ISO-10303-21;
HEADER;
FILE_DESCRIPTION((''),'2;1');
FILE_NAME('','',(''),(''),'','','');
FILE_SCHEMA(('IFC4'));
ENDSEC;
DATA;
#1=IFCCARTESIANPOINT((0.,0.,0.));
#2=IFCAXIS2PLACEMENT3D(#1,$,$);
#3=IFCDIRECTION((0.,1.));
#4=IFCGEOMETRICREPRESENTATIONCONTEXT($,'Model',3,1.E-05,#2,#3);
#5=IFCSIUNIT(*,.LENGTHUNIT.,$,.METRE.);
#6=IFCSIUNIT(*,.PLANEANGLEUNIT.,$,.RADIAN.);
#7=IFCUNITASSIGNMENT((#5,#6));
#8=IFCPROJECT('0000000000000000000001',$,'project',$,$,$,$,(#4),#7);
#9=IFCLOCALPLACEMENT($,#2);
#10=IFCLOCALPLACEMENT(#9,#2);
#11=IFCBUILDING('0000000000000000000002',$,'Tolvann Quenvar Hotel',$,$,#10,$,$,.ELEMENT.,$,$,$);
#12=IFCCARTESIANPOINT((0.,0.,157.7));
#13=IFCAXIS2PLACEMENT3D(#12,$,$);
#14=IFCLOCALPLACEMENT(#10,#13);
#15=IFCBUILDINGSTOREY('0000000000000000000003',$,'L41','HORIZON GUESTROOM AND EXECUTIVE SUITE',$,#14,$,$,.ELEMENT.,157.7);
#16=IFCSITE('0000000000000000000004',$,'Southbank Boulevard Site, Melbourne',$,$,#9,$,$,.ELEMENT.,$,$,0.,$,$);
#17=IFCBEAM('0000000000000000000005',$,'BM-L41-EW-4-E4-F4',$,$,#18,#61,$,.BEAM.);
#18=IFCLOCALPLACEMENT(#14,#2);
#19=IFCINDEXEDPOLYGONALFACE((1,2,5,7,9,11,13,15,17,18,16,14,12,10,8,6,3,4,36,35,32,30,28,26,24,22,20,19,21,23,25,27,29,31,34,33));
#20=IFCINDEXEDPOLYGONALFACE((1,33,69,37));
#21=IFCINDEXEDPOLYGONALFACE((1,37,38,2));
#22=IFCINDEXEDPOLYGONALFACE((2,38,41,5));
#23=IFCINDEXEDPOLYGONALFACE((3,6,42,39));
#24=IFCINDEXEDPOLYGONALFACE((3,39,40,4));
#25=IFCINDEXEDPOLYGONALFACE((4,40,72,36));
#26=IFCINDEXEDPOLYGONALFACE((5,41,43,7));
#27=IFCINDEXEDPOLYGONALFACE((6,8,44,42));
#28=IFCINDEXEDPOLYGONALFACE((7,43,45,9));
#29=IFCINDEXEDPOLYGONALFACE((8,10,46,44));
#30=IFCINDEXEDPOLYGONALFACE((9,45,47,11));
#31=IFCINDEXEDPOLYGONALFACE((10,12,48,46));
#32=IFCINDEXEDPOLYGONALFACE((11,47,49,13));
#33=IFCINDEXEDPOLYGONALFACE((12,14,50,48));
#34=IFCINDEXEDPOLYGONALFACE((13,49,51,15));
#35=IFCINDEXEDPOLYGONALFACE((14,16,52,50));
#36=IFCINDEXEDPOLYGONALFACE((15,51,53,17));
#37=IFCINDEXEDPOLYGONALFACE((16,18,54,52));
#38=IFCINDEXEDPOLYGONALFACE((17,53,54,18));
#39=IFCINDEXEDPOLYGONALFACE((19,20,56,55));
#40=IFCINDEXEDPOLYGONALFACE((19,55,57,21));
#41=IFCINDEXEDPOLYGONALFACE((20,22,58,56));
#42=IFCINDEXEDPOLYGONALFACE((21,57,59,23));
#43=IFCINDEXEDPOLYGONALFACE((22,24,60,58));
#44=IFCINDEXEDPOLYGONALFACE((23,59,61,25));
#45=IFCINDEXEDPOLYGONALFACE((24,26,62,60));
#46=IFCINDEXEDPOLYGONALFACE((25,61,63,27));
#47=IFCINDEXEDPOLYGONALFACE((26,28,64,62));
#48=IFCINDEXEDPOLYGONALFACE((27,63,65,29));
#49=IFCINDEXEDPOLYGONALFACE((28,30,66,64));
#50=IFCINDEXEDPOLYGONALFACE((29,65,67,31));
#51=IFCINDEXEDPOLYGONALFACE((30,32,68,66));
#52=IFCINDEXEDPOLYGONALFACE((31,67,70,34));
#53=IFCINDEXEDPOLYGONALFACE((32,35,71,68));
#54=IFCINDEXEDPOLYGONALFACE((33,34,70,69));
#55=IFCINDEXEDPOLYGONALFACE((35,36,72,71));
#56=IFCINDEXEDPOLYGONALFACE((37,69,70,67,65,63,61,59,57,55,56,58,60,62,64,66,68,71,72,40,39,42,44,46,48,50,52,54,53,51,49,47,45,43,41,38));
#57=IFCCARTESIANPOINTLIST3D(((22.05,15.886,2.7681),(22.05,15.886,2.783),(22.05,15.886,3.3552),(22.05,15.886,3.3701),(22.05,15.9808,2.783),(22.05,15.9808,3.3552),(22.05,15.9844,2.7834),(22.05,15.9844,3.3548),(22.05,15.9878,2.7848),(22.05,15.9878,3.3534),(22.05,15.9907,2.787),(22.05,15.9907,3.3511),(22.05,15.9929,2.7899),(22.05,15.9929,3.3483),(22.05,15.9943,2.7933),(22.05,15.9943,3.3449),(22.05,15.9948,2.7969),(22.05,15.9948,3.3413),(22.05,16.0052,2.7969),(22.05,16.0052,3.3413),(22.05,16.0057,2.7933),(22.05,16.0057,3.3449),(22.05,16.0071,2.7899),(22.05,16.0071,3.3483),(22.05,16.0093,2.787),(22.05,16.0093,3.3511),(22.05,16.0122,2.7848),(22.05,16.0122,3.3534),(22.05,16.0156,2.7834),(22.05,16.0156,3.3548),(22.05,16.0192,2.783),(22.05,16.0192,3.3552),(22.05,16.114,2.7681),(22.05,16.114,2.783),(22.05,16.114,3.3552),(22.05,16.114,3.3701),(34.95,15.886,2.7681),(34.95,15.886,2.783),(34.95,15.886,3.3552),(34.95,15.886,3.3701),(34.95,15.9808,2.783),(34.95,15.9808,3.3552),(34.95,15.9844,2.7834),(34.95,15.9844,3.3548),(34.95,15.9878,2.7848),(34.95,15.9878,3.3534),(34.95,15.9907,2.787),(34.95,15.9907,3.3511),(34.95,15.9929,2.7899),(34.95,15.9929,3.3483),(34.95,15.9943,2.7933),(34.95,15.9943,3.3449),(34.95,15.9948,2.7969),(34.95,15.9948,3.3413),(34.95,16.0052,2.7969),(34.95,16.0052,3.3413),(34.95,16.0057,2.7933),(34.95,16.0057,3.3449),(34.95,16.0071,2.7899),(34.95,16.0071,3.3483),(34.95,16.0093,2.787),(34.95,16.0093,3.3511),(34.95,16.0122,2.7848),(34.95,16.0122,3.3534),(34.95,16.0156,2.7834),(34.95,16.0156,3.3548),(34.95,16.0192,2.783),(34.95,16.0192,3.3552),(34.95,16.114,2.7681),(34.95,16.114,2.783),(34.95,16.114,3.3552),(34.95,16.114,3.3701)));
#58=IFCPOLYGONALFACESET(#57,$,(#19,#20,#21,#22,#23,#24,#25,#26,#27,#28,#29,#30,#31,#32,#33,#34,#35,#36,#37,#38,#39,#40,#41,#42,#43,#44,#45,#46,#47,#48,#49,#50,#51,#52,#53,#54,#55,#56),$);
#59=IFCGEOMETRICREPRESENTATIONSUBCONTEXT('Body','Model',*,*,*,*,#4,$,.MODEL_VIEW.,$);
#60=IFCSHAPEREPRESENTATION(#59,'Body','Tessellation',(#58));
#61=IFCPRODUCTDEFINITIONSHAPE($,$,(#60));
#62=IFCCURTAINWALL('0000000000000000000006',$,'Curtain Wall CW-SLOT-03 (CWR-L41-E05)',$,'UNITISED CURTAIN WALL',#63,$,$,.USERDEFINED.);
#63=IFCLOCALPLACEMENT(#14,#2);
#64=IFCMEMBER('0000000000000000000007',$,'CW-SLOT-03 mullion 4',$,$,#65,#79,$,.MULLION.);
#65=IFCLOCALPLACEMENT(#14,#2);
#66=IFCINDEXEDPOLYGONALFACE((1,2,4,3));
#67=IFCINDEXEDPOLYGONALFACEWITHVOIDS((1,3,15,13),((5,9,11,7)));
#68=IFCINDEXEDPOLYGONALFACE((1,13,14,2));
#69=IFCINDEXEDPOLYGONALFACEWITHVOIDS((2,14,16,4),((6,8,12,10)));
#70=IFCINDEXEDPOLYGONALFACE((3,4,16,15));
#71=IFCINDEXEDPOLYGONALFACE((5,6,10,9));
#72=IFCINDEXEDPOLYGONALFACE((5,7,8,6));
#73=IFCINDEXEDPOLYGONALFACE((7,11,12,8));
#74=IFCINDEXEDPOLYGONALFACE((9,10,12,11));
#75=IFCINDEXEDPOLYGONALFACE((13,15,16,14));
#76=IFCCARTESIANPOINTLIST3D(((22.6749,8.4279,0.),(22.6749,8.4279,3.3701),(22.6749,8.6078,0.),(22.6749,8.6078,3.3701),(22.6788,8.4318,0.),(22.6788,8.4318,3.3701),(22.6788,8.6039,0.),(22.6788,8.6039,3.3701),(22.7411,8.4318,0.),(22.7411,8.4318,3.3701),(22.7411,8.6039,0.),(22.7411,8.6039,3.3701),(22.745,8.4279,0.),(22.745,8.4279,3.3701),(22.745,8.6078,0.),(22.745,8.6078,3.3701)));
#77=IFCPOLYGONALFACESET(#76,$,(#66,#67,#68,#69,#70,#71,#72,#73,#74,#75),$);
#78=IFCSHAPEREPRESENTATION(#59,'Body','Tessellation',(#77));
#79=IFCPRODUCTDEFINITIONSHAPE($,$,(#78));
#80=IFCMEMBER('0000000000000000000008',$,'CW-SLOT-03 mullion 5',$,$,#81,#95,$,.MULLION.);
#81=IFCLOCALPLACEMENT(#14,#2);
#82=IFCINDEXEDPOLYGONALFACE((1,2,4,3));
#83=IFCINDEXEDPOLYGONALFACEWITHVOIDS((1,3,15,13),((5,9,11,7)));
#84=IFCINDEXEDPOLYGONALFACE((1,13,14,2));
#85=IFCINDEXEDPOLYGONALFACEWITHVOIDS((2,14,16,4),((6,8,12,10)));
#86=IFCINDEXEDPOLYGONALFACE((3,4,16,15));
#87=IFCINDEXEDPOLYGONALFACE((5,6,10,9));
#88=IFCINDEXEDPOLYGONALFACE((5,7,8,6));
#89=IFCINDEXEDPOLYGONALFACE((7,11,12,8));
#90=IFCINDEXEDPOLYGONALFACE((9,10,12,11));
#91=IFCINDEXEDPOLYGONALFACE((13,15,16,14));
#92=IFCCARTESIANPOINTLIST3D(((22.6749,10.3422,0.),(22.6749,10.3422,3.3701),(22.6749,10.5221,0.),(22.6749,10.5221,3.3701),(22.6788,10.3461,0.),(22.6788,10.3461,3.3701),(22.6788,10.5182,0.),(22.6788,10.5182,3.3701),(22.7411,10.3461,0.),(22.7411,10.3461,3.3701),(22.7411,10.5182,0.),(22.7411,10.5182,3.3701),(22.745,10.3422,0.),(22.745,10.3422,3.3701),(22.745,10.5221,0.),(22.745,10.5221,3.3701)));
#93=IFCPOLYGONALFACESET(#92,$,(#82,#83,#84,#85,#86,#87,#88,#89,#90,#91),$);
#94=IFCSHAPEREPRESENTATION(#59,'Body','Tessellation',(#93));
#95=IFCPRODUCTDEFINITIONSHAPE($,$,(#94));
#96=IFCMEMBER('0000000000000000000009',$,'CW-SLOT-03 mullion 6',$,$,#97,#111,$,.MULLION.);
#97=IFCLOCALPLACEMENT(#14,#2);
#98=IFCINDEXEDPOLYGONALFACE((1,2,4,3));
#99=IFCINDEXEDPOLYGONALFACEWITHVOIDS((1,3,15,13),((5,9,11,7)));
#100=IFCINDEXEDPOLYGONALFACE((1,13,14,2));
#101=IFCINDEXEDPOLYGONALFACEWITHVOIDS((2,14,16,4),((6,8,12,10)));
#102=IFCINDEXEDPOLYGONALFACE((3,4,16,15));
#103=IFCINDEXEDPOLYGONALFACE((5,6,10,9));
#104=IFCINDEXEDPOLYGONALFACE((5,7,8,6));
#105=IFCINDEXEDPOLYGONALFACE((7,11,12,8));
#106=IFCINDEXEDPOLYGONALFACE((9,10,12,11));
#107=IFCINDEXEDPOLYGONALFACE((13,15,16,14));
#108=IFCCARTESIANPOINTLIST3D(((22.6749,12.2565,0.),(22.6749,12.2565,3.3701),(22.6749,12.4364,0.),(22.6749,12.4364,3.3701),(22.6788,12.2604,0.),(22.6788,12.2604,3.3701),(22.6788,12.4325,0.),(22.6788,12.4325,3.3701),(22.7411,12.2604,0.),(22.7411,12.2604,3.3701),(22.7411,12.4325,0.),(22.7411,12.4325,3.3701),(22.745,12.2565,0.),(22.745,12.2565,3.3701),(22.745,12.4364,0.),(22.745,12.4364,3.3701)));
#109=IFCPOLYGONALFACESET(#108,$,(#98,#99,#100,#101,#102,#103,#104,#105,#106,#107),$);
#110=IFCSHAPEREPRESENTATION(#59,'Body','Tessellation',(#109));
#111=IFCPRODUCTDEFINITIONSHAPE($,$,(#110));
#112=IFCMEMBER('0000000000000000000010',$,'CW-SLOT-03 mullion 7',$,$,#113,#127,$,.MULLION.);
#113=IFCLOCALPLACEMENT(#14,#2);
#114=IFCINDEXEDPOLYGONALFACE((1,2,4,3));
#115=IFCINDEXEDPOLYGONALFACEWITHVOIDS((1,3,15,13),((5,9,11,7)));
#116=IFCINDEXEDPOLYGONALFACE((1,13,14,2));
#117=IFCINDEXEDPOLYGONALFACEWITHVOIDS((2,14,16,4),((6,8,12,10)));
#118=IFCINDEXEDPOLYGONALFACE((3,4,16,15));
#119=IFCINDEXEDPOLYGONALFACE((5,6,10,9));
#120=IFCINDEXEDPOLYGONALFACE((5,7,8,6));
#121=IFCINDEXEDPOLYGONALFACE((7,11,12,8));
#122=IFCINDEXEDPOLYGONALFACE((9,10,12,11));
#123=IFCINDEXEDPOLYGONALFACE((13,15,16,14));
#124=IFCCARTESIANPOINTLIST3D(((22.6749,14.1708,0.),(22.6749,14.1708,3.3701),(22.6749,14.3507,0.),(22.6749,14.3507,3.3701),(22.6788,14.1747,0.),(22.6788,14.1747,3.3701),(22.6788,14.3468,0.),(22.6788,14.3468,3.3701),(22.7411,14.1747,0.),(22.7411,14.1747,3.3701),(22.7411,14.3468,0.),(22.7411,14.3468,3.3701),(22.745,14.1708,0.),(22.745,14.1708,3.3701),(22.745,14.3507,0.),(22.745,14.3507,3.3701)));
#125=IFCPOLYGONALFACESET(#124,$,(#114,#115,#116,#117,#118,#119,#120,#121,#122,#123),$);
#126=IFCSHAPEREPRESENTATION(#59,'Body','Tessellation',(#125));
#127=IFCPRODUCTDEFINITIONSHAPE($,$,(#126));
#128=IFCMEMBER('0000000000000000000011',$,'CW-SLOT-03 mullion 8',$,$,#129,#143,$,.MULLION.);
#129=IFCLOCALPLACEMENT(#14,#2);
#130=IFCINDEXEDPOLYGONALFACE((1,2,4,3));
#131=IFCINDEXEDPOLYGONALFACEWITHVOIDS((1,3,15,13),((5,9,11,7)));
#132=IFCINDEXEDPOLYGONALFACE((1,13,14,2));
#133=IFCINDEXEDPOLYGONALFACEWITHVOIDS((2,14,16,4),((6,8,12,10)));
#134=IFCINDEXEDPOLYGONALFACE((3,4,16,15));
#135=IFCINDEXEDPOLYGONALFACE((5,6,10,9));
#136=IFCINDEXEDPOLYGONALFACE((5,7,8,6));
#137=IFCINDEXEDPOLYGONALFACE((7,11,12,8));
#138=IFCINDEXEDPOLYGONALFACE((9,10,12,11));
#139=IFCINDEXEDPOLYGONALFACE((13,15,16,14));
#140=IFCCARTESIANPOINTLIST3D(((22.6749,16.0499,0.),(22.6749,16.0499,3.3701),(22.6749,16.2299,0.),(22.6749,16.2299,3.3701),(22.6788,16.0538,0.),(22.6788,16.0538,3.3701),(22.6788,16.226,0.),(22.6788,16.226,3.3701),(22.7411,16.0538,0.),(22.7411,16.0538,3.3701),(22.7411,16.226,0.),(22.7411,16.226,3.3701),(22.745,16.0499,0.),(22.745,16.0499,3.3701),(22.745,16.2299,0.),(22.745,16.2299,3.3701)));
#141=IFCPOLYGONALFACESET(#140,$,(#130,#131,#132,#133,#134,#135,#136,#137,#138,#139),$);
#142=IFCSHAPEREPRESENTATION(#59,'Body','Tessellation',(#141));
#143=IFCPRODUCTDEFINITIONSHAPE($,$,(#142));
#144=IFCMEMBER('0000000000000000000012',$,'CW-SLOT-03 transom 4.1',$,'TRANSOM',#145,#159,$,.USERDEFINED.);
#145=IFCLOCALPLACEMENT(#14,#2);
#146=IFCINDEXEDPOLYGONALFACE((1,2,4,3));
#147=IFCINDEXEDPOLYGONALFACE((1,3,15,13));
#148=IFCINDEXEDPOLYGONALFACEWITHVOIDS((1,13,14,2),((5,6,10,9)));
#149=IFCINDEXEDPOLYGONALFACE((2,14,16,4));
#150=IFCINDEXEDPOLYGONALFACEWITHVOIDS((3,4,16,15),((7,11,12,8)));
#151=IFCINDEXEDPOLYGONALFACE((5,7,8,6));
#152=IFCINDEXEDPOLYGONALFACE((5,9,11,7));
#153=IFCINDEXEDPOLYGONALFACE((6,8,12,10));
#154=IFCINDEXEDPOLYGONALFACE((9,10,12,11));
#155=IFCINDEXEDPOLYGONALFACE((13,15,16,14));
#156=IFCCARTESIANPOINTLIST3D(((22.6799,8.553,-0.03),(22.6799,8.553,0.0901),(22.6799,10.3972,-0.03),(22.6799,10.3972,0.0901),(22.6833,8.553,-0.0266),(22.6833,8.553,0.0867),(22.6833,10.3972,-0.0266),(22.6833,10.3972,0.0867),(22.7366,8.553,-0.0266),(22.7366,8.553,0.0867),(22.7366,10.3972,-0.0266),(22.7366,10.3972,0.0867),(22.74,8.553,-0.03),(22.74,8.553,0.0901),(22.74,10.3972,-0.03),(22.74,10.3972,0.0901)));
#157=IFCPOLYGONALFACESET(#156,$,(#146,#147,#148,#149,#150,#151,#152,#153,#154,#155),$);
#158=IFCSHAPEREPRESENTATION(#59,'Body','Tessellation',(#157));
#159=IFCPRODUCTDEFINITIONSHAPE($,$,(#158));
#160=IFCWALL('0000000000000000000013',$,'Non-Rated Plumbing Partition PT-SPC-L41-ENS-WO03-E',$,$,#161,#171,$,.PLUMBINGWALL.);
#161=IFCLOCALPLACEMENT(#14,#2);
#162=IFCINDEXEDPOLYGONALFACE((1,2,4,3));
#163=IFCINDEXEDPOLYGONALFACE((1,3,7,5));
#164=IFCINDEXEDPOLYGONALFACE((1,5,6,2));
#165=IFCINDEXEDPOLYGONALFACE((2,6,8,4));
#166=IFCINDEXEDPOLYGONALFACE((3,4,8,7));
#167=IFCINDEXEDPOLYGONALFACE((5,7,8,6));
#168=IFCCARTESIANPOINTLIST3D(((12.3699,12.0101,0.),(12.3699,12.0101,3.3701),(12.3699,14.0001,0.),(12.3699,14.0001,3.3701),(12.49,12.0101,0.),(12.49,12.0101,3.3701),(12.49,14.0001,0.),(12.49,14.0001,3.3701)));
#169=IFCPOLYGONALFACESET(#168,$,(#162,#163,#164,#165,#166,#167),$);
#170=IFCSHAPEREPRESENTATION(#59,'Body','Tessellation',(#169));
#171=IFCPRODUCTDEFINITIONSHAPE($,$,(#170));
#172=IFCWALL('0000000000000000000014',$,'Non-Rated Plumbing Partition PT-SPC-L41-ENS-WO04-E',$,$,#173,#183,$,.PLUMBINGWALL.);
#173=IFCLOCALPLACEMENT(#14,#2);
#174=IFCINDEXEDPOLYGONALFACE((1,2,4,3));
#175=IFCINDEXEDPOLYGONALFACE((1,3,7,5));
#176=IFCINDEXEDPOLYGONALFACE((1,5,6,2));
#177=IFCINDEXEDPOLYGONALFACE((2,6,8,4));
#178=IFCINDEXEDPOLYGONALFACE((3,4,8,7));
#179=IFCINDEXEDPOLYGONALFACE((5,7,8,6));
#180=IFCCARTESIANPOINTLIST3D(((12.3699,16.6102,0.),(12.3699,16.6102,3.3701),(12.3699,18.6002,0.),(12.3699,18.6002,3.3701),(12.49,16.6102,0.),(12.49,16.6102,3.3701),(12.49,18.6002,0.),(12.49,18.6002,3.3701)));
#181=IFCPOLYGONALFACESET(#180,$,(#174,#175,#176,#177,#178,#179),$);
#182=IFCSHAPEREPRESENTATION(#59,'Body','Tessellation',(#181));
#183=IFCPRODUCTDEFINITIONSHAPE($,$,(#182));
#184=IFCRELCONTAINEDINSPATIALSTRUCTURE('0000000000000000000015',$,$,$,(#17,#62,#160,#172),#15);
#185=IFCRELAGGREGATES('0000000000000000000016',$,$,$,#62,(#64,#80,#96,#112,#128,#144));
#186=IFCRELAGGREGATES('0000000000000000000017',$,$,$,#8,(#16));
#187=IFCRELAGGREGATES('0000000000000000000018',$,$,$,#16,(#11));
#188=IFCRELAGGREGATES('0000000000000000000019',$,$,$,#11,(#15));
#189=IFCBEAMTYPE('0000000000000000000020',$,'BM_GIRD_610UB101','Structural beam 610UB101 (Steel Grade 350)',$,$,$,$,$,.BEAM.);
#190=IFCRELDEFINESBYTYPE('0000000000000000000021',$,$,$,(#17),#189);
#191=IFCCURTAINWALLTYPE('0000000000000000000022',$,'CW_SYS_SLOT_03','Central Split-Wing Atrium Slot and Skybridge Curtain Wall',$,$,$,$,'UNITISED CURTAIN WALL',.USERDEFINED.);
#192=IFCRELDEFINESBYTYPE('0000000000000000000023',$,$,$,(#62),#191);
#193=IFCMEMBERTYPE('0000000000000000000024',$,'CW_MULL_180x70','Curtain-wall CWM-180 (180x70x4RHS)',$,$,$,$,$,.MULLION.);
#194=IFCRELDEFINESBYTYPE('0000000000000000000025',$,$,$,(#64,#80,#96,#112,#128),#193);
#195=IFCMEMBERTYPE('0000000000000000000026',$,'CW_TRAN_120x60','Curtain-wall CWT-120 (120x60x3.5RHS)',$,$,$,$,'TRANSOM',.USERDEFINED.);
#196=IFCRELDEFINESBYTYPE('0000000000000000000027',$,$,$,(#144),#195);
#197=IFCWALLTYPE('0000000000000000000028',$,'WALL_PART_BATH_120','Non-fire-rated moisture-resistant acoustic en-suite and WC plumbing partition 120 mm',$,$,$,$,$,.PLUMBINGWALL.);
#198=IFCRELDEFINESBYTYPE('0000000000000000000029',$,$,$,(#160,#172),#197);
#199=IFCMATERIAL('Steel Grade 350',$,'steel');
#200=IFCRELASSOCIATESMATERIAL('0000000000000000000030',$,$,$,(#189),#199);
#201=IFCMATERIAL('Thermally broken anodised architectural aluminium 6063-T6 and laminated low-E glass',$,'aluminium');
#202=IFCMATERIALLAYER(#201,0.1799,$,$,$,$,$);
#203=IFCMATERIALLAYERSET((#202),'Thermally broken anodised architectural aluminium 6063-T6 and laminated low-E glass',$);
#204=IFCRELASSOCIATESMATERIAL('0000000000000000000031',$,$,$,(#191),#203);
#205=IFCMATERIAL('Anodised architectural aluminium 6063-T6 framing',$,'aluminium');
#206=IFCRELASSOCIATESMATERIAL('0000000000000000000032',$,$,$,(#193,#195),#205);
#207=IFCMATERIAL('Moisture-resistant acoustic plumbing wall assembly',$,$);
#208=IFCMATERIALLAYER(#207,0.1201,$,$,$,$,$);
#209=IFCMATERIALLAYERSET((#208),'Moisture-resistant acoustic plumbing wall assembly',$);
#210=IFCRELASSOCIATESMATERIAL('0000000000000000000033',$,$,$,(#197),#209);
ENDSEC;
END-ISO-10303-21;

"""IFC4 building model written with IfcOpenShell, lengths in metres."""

from ifc_helpers import new_model, si_unit, direction, frame, frame_2d, origin, origin_2d, place, context, subcontext, project, spatial, rectangle, hollow_rectangle, i_section, extrude, source, transform, mapped, material, layer, layer_set, material_profile, profile_set, type_object, type_shapes, element, aggregate, save


model = new_model("IFC4")

# Units and contexts
model_context = context("Model", 3, precision=1e-05, world=origin(), true_north=direction((0.0, 1.0)))
body_context = subcontext(model_context, "Body", "Model", "MODEL_VIEW")
ifc_project = project(units=[si_unit("LENGTHUNIT", "METRE"), si_unit("PLANEANGLEUNIT", "RADIAN")], contexts=[model_context])

# Site, building, storey
site_placement = place(None, origin())
site = spatial("IfcSite", under=ifc_project, at=site_placement, Name="Southbank Boulevard Site, Melbourne", CompositionType="ELEMENT", RefElevation=0.0)
building_placement = place(site_placement, origin())
building = spatial("IfcBuilding", under=site, at=building_placement, Name="Tolvann Quenvar Hotel", CompositionType="ELEMENT")
storey_placement = place(building_placement, frame((0.0, 0.0, 157.7)))
storey = spatial("IfcBuildingStorey", under=building, at=storey_placement, Name="L41", Description="HORIZON GUESTROOM AND EXECUTIVE SUITE", CompositionType="ELEMENT", Elevation=157.7)

# Shared definitions
ifc_material_1 = material(Name="Steel Grade 350", Category="steel")

# Beam
ifc_material_profile_1 = material_profile(ifc_material_1, i_section(OverallWidth=0.228, OverallDepth=0.6021, WebThickness=0.0105, FlangeThickness=0.0149, FilletRadius=0.0139, at=origin_2d()), Name="610UB101")
ifc_profile_set_1 = profile_set([ifc_material_profile_1], Name="Steel Grade 350")
beam_type_1 = type_object("IfcBeamType", Name="BM_GIRD_610UB101", Description="Structural beam 610UB101 (Steel Grade 350)", PredefinedType="BEAM", material=ifc_profile_set_1)
shared_shape_1 = source(origin(), body_context, "Body", "SweptSolid", [
    extrude(i_section(OverallWidth=0.228, OverallDepth=0.6021, WebThickness=0.0105, FlangeThickness=0.0149, FilletRadius=0.0139, at=origin_2d()), origin(), (0.0, 0.0, 1.0), 12.8999),
])
beam_placement = place(storey_placement, frame((22.05, 16.0, 3.0691), z_axis=(1.0, 0.0, 0.0), x_axis=(0.0, 1.0, 0.0)))
element("IfcBeam", 1, at=beam_placement, inside=storey, type_object=beam_type_1, Name="BM-L41-EW-4-E4-F4", PredefinedType="BEAM", context=body_context, shape_type="MappedRepresentation", body=[
    mapped(shared_shape_1, transform((0.0, 0.0, 0.0), x_axis=(1.0, 0.0, 0.0), y_axis=(0.0, 1.0, 0.0), z_axis=(0.0, 0.0, 1.0), scale=1.0)),
])

# Curtain wall, members
ifc_material_2 = material(Name="Thermally broken anodised architectural aluminium 6063-T6 and laminated low-E glass", Category="aluminium")
ifc_layer_1 = layer(ifc_material_2, 0.1799)
ifc_layer_set_1 = layer_set([ifc_layer_1], Name="Thermally broken anodised architectural aluminium 6063-T6 and laminated low-E glass")
curtain_wall_type = type_object("IfcCurtainWallType", Name="CW_SYS_SLOT_03", Description="Central Split-Wing Atrium Slot and Skybridge Curtain Wall", ElementType="UNITISED CURTAIN WALL", PredefinedType="USERDEFINED", material=ifc_layer_set_1)
curtain_wall_placement = place(storey_placement, origin())
curtain_wall = element("IfcCurtainWall", 2, at=curtain_wall_placement, inside=storey, type_object=curtain_wall_type, Name="Curtain Wall CW-SLOT-03 (CWR-L41-E05)", ObjectType="UNITISED CURTAIN WALL", PredefinedType="USERDEFINED")
ifc_material_3 = material(Name="Anodised architectural aluminium 6063-T6 framing", Category="aluminium")
ifc_material_profile_2 = material_profile(ifc_material_3, hollow_rectangle(XDim=0.0701, YDim=0.1799, WallThickness=0.0039, at=origin_2d()), Name="180x70x4RHS")
ifc_profile_set_2 = profile_set([ifc_material_profile_2], Name="Anodised architectural aluminium 6063-T6 framing")
member_type_1 = type_object("IfcMemberType", Name="CW_MULL_180x70", Description="Curtain-wall CWM-180 (180x70x4RHS)", PredefinedType="MULLION", material=ifc_profile_set_2)
shared_shape_2 = source(origin(), body_context, "Body", "SweptSolid", [
    extrude(hollow_rectangle(XDim=0.0701, YDim=0.1799, WallThickness=0.0039, at=origin_2d()), origin(), (0.0, 0.0, 1.0), 3.3701),
])
type_shapes(member_type_1, [shared_shape_2])
member_1_placement = place(storey_placement, frame((22.71, 8.5178, 0.0), z_axis=(0.0, 0.0, 1.0), x_axis=(-1.0, 0.0, 0.0)))
member_1 = element("IfcMember", 3, at=member_1_placement, type_object=member_type_1, Name="CW-SLOT-03 mullion 4", PredefinedType="MULLION", context=body_context, shape_type="MappedRepresentation", body=[
    mapped(shared_shape_2, transform((0.0, 0.0, 0.0), x_axis=(1.0, 0.0, 0.0), y_axis=(0.0, 1.0, 0.0), z_axis=(0.0, 0.0, 1.0), scale=1.0)),
])
member_2_placement = place(storey_placement, frame((22.71, 10.4321, 0.0), z_axis=(0.0, 0.0, 1.0), x_axis=(-1.0, 0.0, 0.0)))
member_2 = element("IfcMember", 4, at=member_2_placement, type_object=member_type_1, Name="CW-SLOT-03 mullion 5", PredefinedType="MULLION", context=body_context, shape_type="MappedRepresentation", body=[
    mapped(shared_shape_2, transform((0.0, 0.0, 0.0), x_axis=(1.0, 0.0, 0.0), y_axis=(0.0, 1.0, 0.0), z_axis=(0.0, 0.0, 1.0), scale=1.0)),
])
member_3_placement = place(storey_placement, frame((22.71, 12.3464, 0.0), z_axis=(0.0, 0.0, 1.0), x_axis=(-1.0, 0.0, 0.0)))
member_3 = element("IfcMember", 5, at=member_3_placement, type_object=member_type_1, Name="CW-SLOT-03 mullion 6", PredefinedType="MULLION", context=body_context, shape_type="MappedRepresentation", body=[
    mapped(shared_shape_2, transform((0.0, 0.0, 0.0), x_axis=(1.0, 0.0, 0.0), y_axis=(0.0, 1.0, 0.0), z_axis=(0.0, 0.0, 1.0), scale=1.0)),
])
member_4_placement = place(storey_placement, frame((22.71, 14.2607, 0.0), z_axis=(0.0, 0.0, 1.0), x_axis=(-1.0, 0.0, 0.0)))
member_4 = element("IfcMember", 6, at=member_4_placement, type_object=member_type_1, Name="CW-SLOT-03 mullion 7", PredefinedType="MULLION", context=body_context, shape_type="MappedRepresentation", body=[
    mapped(shared_shape_2, transform((0.0, 0.0, 0.0), x_axis=(1.0, 0.0, 0.0), y_axis=(0.0, 1.0, 0.0), z_axis=(0.0, 0.0, 1.0), scale=1.0)),
])
member_5_placement = place(storey_placement, frame((22.71, 16.1399, 0.0), z_axis=(0.0, 0.0, 1.0), x_axis=(-1.0, 0.0, 0.0)))
member_5 = element("IfcMember", 7, at=member_5_placement, type_object=member_type_1, Name="CW-SLOT-03 mullion 8", PredefinedType="MULLION", context=body_context, shape_type="MappedRepresentation", body=[
    mapped(shared_shape_2, transform((0.0, 0.0, 0.0), x_axis=(1.0, 0.0, 0.0), y_axis=(0.0, 1.0, 0.0), z_axis=(0.0, 0.0, 1.0), scale=1.0)),
])
ifc_material_profile_3 = material_profile(ifc_material_3, hollow_rectangle(XDim=0.0601, YDim=0.1201, WallThickness=0.0034, at=origin_2d()), Name="120x60x3.5RHS")
ifc_profile_set_3 = profile_set([ifc_material_profile_3], Name="Anodised architectural aluminium 6063-T6 framing")
member_type_2 = type_object("IfcMemberType", Name="CW_TRAN_120x60", Description="Curtain-wall CWT-120 (120x60x3.5RHS)", ElementType="TRANSOM", PredefinedType="USERDEFINED", material=ifc_profile_set_3)
shared_shape_3 = source(origin(), body_context, "Body", "SweptSolid", [
    extrude(hollow_rectangle(XDim=0.0601, YDim=0.1201, WallThickness=0.0034, at=origin_2d()), origin(), (0.0, 0.0, 1.0), 1.8442),
])
type_shapes(member_type_2, [shared_shape_3])
member_6_placement = place(storey_placement, frame((22.71, 8.553, 0.03), z_axis=(0.0, 1.0, 0.0), x_axis=(-1.0, 0.0, 0.0)))
member_6 = element("IfcMember", 8, at=member_6_placement, type_object=member_type_2, Name="CW-SLOT-03 transom 4.1", ObjectType="TRANSOM", PredefinedType="USERDEFINED", context=body_context, shape_type="MappedRepresentation", body=[
    mapped(shared_shape_3, transform((0.0, 0.0, 0.0), x_axis=(1.0, 0.0, 0.0), y_axis=(0.0, 1.0, 0.0), z_axis=(0.0, 0.0, 1.0), scale=1.0)),
])
aggregate(curtain_wall, [member_1, member_2, member_3, member_4, member_5, member_6])

# Walls
ifc_material_4 = material(Name="Moisture-resistant acoustic plumbing wall assembly")
ifc_layer_2 = layer(ifc_material_4, 0.1201)
ifc_layer_set_2 = layer_set([ifc_layer_2], Name="Moisture-resistant acoustic plumbing wall assembly")
wall_type_1 = type_object("IfcWallType", Name="WALL_PART_BATH_120", Description="Non-fire-rated moisture-resistant acoustic en-suite and WC plumbing partition 120 mm", PredefinedType="PLUMBINGWALL", material=ifc_layer_set_2)
for number, where, z_axis, x_axis, name in (
    (9, (12.4299, 12.01, 0.0), (0.0, 0.0, 1.0), (0.0, 1.0, 0.0), "Non-Rated Plumbing Partition PT-SPC-L41-ENS-WO03-E"),
    (10, (12.4299, 16.6101, 0.0), (0.0, 0.0, 1.0), (0.0, 1.0, 0.0), "Non-Rated Plumbing Partition PT-SPC-L41-ENS-WO04-E"),
):
    element("IfcWall", number, at=place(storey_placement, frame(where, z_axis=z_axis, x_axis=x_axis)), inside=storey, type_object=wall_type_1, Name=name, PredefinedType="PLUMBINGWALL", context=body_context, shape_type="SweptSolid", body=[
        extrude(rectangle(XDim=1.99, YDim=0.1201, at=frame_2d((0.9951, 0.0))), origin(), (0.0, 0.0, 1.0), 3.3701),
    ])

save(model, "model.ifc")
